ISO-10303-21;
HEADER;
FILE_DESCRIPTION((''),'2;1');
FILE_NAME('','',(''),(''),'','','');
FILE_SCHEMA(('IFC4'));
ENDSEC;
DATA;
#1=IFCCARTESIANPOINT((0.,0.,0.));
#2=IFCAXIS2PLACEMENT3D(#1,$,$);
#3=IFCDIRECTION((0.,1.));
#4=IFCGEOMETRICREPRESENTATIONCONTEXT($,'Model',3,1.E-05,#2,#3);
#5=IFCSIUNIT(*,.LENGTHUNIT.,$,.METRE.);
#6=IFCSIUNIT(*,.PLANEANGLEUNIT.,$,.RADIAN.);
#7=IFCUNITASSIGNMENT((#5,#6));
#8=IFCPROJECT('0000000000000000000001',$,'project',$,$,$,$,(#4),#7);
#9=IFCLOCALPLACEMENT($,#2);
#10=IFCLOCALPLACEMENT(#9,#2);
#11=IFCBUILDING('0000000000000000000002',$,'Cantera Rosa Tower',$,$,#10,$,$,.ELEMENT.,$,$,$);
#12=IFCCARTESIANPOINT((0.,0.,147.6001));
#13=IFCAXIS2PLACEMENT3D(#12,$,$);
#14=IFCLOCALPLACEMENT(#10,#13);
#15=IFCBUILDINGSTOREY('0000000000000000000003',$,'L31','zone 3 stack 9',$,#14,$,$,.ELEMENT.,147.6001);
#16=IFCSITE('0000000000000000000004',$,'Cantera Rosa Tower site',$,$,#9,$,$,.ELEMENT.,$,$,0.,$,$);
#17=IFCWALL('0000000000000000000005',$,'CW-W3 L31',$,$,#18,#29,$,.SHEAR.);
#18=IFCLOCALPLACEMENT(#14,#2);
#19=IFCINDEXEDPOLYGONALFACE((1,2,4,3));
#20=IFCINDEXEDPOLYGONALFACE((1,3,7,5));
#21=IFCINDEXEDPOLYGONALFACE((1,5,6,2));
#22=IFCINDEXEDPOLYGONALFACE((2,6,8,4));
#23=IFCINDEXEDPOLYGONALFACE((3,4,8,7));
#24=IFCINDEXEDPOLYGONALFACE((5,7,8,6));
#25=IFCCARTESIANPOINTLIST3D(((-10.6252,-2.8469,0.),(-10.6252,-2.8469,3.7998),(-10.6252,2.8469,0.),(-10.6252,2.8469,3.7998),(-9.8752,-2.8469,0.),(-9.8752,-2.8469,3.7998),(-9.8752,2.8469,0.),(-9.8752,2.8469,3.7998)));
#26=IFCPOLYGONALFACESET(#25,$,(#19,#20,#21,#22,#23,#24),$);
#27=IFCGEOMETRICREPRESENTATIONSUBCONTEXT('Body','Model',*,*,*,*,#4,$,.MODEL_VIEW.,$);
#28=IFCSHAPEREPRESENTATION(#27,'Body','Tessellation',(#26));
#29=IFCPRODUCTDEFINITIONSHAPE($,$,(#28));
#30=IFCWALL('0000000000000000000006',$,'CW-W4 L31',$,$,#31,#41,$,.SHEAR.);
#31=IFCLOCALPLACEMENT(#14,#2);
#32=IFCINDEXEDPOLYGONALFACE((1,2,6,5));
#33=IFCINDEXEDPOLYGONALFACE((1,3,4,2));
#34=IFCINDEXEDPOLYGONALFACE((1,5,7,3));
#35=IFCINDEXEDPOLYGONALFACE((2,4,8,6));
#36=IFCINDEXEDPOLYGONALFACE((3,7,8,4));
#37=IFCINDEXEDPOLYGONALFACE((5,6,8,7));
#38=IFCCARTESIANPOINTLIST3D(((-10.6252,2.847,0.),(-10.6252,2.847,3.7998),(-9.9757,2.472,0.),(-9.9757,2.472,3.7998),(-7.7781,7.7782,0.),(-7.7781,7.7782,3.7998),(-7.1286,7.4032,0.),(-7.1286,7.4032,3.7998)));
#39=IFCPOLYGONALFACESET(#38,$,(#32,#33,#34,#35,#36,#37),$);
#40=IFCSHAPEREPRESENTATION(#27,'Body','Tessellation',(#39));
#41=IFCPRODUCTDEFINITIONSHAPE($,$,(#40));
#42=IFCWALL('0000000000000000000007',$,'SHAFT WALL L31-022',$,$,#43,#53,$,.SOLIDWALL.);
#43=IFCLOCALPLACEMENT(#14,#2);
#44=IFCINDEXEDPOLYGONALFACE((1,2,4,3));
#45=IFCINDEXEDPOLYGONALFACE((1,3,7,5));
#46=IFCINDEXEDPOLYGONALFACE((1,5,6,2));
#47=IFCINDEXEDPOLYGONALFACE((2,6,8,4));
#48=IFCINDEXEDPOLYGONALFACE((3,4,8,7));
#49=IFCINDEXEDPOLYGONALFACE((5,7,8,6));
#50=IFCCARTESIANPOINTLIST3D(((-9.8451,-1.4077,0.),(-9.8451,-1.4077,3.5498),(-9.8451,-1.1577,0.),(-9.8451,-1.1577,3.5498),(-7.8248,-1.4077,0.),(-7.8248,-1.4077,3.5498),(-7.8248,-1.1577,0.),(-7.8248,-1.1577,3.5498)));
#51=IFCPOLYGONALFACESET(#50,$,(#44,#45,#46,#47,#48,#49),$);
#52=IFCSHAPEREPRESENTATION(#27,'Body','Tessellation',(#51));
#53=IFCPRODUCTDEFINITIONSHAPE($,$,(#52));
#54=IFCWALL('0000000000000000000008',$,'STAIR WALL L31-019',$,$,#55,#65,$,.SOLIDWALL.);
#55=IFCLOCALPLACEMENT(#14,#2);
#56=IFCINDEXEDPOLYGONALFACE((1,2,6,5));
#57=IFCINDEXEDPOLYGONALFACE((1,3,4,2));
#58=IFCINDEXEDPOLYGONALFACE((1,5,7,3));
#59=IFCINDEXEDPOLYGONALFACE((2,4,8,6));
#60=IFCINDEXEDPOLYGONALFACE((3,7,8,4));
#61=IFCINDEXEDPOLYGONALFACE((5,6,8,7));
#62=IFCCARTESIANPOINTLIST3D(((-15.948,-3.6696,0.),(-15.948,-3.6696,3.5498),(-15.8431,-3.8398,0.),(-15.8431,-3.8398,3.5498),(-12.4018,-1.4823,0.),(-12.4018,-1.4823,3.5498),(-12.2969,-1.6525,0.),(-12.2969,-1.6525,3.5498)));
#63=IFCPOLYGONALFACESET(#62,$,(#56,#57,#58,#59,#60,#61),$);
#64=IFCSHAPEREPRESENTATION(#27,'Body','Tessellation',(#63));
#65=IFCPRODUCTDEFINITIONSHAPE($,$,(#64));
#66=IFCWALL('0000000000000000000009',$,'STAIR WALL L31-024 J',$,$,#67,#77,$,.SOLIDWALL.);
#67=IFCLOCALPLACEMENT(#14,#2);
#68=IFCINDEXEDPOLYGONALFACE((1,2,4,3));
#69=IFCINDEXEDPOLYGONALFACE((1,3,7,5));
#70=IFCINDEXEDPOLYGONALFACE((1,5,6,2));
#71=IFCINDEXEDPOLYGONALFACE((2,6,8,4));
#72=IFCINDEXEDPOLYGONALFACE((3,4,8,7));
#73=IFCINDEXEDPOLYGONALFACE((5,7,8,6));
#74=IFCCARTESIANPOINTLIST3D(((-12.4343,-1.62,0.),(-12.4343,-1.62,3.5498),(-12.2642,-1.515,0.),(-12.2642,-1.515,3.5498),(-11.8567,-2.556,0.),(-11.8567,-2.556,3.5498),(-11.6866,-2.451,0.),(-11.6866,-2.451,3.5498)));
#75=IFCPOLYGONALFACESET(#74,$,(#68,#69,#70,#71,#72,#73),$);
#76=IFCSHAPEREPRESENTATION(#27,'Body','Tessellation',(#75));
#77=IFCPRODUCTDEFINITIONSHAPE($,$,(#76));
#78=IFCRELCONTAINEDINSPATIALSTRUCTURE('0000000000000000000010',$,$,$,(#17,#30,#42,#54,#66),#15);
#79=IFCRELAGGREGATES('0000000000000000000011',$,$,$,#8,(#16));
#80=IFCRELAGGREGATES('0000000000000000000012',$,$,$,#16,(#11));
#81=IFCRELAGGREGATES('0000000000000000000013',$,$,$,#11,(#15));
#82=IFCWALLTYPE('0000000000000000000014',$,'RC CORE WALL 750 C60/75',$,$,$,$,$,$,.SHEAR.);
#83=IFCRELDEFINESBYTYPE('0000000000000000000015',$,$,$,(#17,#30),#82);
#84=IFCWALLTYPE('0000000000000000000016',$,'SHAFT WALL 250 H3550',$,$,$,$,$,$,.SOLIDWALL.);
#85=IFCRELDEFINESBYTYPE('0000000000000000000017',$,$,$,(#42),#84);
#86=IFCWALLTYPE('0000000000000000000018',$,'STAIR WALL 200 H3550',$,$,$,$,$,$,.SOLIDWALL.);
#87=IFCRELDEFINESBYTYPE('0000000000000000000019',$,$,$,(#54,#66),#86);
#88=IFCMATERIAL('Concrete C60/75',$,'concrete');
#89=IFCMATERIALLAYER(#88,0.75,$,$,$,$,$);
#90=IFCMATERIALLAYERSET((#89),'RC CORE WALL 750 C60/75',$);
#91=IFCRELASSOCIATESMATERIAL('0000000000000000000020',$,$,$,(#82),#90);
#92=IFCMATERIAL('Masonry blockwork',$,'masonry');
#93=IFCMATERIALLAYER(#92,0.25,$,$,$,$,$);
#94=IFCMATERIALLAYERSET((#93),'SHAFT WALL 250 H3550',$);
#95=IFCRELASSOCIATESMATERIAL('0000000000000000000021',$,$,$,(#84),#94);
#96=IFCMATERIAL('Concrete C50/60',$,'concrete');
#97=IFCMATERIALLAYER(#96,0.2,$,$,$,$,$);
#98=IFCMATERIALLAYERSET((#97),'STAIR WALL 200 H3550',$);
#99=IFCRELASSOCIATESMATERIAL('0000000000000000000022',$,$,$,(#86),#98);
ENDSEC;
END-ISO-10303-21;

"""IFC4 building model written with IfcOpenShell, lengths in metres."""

from ifc_helpers import new_model, si_unit, direction, frame, frame_2d, origin, place, context, subcontext, project, spatial, rectangle, extrude, material, layer, layer_set, type_object, element, save


model = new_model("IFC4")

# Units and contexts
model_context = context("Model", 3, precision=1e-05, world=origin(), true_north=direction((0.0, 1.0)))
body_context = subcontext(model_context, "Body", "Model", "MODEL_VIEW")
ifc_project = project(units=[si_unit("LENGTHUNIT", "METRE"), si_unit("PLANEANGLEUNIT", "RADIAN")], contexts=[model_context])

# Site, building, storey
site_placement = place(None, origin())
site = spatial("IfcSite", under=ifc_project, at=site_placement, Name="Cantera Rosa Tower site", CompositionType="ELEMENT", RefElevation=0.0)
building_placement = place(site_placement, origin())
building = spatial("IfcBuilding", under=site, at=building_placement, Name="Cantera Rosa Tower", CompositionType="ELEMENT")
storey_placement = place(building_placement, frame((0.0, 0.0, 147.6001)))
storey = spatial("IfcBuildingStorey", under=building, at=storey_placement, Name="L31", Description="zone 3 stack 9", CompositionType="ELEMENT", Elevation=147.6001)

# Walls
ifc_material_1 = material(Name="Concrete C60/75", Category="concrete")
ifc_layer_1 = layer(ifc_material_1, 0.75)
ifc_layer_set_1 = layer_set([ifc_layer_1], Name="RC CORE WALL 750 C60/75")
wall_type_1 = type_object("IfcWallType", Name="RC CORE WALL 750 C60/75", PredefinedType="SHEAR", material=ifc_layer_set_1)
wall_1_placement = place(storey_placement, frame((-10.2502, -2.8469, 0.0), z_axis=(0.0, 0.0, 1.0), x_axis=(0.0, 1.0, 0.0)))
element("IfcWall", 1, at=wall_1_placement, inside=storey, type_object=wall_type_1, Name="CW-W3 L31", PredefinedType="SHEAR", context=body_context, shape_type="SweptSolid", body=[
    extrude(rectangle(XDim=5.6938, YDim=0.75, at=frame_2d((2.8469, 0.0))), origin(), (0.0, 0.0, 1.0), 3.7998),
])
wall_2_placement = place(storey_placement, frame((-10.3005, 2.6594, 0.0), z_axis=(0.0, 0.0, 1.0), x_axis=(0.500022, 0.866013, 0.0)))
element("IfcWall", 2, at=wall_2_placement, inside=storey, type_object=wall_type_1, Name="CW-W4 L31", PredefinedType="SHEAR", context=body_context, shape_type="SweptSolid", body=[
    extrude(rectangle(XDim=5.6941, YDim=0.75, at=frame_2d((2.8472, 0.0))), origin(), (0.0, 0.0, 1.0), 3.7998),
])
ifc_material_2 = material(Name="Masonry blockwork", Category="masonry")
ifc_layer_2 = layer(ifc_material_2, 0.25)
ifc_layer_set_2 = layer_set([ifc_layer_2], Name="SHAFT WALL 250 H3550")
wall_type_2 = type_object("IfcWallType", Name="SHAFT WALL 250 H3550", PredefinedType="SOLIDWALL", material=ifc_layer_set_2)
wall_3_placement = place(storey_placement, frame((-9.8452, -1.2827, 0.0), z_axis=(0.0, 0.0, 1.0), x_axis=(1.0, 0.0, 0.0)))
element("IfcWall", 3, at=wall_3_placement, inside=storey, type_object=wall_type_2, Name="SHAFT WALL L31-022", PredefinedType="SOLIDWALL", context=body_context, shape_type="SweptSolid", body=[
    extrude(rectangle(XDim=2.0203, YDim=0.25, at=frame_2d((1.0103, 0.0))), origin(), (0.0, 0.0, 1.0), 3.5498),
])
ifc_material_3 = material(Name="Concrete C50/60", Category="concrete")
ifc_layer_3 = layer(ifc_material_3, 0.2)
ifc_layer_set_3 = layer_set([ifc_layer_3], Name="STAIR WALL 200 H3550")
wall_type_3 = type_object("IfcWallType", Name="STAIR WALL 200 H3550", PredefinedType="SOLIDWALL", material=ifc_layer_set_3)
wall_4_placement = place(storey_placement, frame((-12.3494, -1.5674, 0.0), z_axis=(0.0, 0.0, 1.0), x_axis=(-0.851121, -0.52497, 0.0)))
element("IfcWall", 4, at=wall_4_placement, inside=storey, type_object=wall_type_3, Name="STAIR WALL L31-019", PredefinedType="SOLIDWALL", context=body_context, shape_type="SweptSolid", body=[
    extrude(rectangle(XDim=4.1665, YDim=0.2, at=frame_2d((2.0833, 0.0))), origin(), (0.0, 0.0, 1.0), 3.5498),
])
wall_5_placement = place(storey_placement, frame((-11.7717, -2.5034, 0.0), z_axis=(0.0, 0.0, 1.0), x_axis=(-0.525162, 0.851002, 0.0)))
element("IfcWall", 5, at=wall_5_placement, inside=storey, type_object=wall_type_3, Name="STAIR WALL L31-024 J", PredefinedType="SOLIDWALL", context=body_context, shape_type="SweptSolid", body=[
    extrude(rectangle(XDim=1.0999, YDim=0.2, at=frame_2d((0.5498, 0.0))), origin(), (0.0, 0.0, 1.0), 3.5498),
])

save(model, "model.ifc")
